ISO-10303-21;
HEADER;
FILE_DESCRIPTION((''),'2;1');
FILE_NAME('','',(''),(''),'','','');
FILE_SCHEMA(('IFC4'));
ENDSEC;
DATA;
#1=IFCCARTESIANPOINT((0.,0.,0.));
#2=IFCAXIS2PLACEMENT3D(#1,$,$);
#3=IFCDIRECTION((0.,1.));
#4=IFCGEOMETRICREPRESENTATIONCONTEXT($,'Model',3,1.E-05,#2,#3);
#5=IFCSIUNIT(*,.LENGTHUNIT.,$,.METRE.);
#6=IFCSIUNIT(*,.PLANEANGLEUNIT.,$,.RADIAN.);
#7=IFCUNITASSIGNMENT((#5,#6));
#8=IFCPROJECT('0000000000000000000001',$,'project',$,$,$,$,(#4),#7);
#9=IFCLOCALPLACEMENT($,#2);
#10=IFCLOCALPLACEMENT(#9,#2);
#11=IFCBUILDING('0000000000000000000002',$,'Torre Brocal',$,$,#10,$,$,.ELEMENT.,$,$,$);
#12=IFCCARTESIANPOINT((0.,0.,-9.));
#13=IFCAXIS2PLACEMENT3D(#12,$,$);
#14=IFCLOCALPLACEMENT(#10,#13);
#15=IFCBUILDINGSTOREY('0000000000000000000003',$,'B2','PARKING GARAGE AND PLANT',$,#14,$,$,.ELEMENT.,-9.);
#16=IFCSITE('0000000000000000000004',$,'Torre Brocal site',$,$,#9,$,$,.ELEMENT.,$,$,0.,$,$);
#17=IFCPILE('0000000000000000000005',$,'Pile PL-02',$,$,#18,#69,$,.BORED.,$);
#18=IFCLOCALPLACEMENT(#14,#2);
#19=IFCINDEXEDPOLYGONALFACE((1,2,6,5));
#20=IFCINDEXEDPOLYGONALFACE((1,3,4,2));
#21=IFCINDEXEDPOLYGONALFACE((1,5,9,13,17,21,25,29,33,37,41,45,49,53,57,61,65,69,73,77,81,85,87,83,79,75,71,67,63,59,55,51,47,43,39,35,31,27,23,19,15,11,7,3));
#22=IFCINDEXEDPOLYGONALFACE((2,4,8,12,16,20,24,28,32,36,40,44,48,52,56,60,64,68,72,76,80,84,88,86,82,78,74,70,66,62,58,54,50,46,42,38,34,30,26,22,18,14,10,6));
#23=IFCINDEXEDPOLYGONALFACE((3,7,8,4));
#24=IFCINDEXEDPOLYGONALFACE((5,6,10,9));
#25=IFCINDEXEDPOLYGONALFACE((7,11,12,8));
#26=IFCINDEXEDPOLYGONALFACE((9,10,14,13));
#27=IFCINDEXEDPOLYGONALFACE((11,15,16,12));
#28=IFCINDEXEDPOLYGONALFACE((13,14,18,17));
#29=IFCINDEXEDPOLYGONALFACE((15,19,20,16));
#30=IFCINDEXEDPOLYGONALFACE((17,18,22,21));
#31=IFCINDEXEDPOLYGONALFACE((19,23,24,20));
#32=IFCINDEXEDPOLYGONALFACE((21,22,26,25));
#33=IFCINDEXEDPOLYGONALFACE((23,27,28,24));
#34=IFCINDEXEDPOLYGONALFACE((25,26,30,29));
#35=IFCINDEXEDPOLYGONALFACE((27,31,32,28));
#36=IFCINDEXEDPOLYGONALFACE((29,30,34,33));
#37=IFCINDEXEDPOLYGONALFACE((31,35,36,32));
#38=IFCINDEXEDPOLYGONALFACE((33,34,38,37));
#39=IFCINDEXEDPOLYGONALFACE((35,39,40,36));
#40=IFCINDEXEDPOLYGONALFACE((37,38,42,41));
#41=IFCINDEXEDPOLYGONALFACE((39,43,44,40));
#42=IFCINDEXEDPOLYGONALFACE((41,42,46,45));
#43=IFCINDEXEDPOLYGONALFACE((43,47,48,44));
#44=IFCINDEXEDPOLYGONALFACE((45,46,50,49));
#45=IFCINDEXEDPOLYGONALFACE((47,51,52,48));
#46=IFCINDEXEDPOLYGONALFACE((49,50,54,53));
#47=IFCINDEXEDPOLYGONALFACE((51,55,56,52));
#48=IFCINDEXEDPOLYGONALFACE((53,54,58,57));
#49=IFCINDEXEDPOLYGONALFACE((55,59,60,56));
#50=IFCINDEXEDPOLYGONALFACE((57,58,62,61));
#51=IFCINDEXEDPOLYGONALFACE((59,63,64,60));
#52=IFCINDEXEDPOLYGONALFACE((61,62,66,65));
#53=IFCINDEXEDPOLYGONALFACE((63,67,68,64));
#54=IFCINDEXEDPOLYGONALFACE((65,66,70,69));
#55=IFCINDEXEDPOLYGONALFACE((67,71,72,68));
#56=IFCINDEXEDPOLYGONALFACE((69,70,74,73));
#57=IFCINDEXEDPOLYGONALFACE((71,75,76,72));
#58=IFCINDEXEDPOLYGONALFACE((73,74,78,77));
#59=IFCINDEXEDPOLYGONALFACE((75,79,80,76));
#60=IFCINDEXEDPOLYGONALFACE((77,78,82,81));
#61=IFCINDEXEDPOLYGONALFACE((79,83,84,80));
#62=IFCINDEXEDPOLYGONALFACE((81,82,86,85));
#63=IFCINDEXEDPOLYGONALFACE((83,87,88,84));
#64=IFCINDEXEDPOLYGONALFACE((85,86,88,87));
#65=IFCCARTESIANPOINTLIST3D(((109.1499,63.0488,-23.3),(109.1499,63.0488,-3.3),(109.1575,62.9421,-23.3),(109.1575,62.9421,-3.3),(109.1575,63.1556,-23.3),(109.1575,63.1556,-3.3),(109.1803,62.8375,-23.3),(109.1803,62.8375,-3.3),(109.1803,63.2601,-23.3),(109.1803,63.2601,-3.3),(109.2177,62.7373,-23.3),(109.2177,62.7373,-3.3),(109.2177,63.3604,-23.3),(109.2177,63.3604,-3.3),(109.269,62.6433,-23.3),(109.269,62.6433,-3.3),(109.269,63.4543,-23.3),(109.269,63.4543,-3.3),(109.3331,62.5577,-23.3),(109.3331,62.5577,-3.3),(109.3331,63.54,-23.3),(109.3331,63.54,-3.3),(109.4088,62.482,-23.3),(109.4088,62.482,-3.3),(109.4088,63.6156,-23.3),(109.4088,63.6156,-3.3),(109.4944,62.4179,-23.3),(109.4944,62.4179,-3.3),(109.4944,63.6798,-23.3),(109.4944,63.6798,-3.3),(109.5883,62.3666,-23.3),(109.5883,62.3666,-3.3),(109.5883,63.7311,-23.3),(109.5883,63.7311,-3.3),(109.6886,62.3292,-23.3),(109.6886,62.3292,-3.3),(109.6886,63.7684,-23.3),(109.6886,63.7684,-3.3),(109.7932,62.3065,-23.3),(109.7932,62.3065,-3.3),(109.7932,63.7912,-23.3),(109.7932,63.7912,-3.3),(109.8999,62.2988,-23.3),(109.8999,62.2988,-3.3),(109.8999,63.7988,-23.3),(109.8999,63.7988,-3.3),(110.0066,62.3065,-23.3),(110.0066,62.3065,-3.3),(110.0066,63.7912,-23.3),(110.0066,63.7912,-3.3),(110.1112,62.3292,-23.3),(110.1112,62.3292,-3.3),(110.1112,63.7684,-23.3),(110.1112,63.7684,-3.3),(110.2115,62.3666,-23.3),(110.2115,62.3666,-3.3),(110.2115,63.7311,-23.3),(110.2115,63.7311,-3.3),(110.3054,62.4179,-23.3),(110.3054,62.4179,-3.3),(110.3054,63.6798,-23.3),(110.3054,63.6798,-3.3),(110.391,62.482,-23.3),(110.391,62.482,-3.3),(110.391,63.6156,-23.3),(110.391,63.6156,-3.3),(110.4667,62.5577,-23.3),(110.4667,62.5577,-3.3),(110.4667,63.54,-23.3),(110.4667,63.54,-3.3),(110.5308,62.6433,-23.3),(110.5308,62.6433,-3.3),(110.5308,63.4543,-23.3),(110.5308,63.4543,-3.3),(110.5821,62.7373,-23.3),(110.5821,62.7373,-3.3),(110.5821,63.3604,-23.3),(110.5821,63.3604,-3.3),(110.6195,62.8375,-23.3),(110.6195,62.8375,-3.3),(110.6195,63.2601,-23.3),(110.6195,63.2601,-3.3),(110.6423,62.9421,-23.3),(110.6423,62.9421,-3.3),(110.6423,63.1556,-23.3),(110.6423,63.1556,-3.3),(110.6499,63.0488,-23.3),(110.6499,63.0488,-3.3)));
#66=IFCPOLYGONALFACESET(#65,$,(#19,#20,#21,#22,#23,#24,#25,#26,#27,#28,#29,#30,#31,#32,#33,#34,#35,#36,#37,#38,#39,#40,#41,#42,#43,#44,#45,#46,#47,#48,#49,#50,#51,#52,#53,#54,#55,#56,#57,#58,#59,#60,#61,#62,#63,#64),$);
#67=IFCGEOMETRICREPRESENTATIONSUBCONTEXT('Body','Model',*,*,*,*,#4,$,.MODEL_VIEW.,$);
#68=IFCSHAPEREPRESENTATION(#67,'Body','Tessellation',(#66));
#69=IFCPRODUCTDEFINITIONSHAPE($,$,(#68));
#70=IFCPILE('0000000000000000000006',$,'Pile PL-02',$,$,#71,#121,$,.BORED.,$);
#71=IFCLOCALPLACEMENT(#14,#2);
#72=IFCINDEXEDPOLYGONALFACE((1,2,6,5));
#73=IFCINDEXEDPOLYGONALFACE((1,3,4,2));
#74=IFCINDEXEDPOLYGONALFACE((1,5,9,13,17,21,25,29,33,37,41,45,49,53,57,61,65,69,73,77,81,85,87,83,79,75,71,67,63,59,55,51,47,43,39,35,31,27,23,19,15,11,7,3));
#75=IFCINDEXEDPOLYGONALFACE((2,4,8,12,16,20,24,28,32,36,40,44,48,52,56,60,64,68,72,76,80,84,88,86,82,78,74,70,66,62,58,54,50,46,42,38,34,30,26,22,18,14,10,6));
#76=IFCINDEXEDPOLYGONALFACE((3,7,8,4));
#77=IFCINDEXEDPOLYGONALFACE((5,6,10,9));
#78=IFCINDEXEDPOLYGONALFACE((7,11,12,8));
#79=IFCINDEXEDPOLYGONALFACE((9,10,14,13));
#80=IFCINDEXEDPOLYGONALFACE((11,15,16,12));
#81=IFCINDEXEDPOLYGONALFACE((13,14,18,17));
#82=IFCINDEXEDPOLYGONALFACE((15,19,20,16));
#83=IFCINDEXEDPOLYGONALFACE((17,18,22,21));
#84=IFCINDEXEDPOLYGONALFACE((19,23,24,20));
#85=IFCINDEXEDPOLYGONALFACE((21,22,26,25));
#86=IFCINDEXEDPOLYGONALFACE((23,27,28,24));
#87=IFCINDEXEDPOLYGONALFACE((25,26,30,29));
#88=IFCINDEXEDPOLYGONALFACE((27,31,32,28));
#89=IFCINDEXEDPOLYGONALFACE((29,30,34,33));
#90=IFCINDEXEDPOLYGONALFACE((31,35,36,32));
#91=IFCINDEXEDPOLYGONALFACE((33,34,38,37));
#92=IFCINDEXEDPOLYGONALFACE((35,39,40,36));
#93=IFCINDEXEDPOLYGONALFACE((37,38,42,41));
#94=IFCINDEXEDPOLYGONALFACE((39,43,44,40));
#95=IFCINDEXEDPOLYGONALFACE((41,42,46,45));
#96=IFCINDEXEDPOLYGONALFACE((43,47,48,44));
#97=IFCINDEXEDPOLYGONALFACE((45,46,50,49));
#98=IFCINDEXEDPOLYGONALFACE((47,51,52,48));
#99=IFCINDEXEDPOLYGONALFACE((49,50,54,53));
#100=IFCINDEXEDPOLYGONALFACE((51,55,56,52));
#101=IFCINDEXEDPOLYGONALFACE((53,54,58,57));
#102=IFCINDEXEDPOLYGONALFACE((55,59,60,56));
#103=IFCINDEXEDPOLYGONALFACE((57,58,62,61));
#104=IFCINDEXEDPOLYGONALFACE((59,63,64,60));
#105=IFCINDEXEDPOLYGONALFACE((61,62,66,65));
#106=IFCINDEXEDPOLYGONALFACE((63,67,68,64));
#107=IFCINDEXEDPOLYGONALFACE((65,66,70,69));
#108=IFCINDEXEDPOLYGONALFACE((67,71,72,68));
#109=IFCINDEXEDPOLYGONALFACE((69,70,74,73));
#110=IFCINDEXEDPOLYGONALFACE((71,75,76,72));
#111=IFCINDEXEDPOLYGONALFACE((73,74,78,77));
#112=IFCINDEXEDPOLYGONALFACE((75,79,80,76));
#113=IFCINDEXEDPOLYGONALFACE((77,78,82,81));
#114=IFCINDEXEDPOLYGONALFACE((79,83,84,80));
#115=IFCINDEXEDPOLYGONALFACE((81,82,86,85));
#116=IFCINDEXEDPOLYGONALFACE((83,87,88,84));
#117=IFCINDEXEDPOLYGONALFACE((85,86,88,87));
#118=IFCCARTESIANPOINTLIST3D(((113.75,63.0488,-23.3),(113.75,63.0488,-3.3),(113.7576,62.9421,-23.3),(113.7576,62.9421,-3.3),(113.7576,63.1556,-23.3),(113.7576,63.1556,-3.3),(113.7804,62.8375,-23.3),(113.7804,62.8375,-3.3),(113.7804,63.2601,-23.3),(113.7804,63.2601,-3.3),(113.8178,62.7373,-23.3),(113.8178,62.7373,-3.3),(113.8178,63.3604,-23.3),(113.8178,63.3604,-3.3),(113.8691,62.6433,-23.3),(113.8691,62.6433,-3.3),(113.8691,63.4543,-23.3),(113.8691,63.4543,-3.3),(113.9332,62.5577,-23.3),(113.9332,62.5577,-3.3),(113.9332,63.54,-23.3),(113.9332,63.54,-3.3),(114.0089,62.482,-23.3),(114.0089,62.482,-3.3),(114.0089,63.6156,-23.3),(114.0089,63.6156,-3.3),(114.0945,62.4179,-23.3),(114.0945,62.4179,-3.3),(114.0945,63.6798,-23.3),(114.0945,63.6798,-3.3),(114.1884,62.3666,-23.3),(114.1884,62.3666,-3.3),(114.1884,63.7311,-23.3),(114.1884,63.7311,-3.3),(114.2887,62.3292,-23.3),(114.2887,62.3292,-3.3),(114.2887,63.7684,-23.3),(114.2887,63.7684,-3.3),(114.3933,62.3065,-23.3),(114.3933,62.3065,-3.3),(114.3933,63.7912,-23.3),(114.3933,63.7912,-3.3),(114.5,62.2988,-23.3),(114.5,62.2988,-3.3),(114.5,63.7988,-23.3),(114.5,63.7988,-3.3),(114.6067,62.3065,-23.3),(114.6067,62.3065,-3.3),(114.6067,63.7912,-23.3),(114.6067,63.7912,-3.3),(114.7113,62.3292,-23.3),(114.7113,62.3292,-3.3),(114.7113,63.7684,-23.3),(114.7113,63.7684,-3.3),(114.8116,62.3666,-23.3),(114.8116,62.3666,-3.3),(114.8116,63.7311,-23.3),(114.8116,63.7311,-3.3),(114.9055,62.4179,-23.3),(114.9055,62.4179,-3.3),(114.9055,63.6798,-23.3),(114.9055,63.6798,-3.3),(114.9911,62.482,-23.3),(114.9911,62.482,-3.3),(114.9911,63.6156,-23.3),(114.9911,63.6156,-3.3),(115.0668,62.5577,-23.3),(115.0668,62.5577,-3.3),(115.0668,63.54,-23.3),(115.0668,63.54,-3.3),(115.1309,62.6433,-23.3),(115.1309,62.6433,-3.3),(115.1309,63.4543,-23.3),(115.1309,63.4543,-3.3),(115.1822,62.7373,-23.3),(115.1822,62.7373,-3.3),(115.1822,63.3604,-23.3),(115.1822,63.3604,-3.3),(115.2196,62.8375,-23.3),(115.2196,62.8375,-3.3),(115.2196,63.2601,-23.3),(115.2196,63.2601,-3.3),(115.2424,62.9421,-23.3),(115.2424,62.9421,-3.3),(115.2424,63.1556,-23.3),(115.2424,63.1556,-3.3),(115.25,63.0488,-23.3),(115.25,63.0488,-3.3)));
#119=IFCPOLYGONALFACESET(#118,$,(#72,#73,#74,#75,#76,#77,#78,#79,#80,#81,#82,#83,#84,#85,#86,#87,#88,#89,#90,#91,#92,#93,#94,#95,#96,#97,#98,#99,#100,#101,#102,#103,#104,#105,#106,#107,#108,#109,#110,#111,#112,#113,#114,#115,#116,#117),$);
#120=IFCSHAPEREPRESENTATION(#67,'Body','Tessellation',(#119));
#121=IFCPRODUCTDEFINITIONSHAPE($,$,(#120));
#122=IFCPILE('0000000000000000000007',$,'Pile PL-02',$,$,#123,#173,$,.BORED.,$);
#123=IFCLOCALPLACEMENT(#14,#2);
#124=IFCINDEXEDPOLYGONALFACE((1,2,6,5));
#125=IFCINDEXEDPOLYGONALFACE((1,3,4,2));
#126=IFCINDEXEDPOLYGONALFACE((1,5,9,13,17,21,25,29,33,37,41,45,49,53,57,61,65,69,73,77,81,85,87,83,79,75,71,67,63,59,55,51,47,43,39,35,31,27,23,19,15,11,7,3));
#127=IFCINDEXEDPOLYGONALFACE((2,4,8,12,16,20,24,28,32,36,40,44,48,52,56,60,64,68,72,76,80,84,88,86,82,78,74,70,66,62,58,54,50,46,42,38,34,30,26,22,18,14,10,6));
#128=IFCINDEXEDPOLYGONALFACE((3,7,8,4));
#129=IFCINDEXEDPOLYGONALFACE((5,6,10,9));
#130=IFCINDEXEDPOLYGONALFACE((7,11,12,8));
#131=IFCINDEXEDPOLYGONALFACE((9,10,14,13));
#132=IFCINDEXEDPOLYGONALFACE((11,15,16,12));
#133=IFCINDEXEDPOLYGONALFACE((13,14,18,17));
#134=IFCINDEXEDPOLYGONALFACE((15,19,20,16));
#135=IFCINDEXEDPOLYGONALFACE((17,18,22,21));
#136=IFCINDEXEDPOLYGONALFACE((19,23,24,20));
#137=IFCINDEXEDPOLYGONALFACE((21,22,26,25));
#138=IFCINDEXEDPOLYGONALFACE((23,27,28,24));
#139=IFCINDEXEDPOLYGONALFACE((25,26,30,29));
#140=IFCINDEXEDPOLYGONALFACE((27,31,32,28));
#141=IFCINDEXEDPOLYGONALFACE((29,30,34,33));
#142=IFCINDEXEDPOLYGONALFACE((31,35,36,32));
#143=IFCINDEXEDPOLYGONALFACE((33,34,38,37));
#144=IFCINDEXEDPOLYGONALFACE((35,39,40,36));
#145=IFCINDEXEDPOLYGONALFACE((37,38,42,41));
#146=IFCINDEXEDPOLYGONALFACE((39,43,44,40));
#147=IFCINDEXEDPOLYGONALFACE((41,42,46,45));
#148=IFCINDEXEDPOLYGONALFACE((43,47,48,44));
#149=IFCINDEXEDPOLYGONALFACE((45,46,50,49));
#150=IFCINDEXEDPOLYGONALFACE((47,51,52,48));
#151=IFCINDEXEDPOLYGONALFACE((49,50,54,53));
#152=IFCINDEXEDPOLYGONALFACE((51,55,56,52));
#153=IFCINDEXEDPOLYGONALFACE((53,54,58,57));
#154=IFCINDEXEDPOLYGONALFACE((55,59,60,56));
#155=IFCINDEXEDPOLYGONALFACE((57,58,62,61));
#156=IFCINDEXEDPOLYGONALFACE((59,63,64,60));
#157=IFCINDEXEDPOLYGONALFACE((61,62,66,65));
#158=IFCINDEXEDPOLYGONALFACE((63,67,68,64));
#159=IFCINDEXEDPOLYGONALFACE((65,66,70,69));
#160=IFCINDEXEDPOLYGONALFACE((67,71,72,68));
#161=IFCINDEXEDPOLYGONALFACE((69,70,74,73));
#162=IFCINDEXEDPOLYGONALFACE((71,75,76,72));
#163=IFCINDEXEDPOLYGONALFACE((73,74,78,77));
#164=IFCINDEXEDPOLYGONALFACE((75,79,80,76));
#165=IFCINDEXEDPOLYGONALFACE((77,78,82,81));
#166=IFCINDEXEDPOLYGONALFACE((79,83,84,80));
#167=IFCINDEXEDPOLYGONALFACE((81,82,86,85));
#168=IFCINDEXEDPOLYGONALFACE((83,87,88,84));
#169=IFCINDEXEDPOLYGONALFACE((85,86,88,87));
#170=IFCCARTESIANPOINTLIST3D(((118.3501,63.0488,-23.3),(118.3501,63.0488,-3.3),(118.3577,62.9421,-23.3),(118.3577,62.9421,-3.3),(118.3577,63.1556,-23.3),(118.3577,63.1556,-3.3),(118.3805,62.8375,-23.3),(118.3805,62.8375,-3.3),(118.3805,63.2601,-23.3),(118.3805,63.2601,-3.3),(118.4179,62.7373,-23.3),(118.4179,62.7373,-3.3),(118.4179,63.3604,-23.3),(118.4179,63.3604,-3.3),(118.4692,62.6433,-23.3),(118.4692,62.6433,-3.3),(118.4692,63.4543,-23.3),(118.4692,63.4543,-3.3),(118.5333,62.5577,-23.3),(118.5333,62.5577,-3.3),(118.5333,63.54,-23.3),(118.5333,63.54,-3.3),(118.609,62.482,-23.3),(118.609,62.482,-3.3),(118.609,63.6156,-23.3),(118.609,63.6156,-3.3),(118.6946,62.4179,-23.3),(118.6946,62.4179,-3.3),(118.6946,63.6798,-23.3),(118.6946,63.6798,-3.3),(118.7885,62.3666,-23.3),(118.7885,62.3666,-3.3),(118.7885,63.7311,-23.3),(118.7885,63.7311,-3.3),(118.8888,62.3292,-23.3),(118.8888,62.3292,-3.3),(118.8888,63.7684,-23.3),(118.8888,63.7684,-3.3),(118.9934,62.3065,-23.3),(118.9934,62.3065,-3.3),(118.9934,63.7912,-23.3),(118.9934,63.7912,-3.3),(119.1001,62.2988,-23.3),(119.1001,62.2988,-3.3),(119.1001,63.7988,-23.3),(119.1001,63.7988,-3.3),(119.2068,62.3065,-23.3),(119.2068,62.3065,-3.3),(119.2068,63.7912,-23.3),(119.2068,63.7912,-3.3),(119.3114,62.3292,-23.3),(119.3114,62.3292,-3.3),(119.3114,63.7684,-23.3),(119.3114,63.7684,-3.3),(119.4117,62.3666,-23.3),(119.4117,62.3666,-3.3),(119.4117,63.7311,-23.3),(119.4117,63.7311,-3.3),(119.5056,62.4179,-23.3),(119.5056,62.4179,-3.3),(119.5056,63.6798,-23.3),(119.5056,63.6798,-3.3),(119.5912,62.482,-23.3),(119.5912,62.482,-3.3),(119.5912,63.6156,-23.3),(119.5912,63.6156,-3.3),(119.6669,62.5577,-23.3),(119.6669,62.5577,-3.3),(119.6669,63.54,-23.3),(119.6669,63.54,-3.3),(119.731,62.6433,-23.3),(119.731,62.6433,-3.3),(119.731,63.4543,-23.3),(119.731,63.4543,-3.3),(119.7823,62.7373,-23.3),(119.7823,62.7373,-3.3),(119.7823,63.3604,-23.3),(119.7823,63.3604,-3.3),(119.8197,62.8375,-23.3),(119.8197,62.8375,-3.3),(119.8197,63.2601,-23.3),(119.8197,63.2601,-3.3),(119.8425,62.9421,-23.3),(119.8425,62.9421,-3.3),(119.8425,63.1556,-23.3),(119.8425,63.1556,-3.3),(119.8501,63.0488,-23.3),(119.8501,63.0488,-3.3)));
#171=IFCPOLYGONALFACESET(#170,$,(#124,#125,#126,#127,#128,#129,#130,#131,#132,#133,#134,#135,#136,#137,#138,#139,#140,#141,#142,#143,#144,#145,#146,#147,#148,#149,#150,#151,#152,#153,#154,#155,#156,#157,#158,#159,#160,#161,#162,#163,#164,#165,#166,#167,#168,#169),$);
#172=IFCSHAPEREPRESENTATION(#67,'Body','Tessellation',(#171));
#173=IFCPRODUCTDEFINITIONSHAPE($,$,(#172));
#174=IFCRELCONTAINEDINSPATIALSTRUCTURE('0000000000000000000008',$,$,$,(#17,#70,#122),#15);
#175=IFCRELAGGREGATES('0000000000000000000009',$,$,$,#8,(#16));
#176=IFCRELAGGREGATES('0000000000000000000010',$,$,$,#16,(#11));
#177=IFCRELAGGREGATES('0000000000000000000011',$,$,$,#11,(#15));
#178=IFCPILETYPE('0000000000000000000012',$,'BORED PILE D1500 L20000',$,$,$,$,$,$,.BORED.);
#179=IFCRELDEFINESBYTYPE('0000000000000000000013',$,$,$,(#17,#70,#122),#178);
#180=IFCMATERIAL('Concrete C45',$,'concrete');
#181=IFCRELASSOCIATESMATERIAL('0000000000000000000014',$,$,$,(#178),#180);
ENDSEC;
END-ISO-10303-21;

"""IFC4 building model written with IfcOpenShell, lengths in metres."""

from ifc_helpers import new_model, si_unit, direction, frame, origin, origin_2d, place, context, subcontext, project, spatial, circle, extrude, material, material_profile, profile_set, type_object, element, save


model = new_model("IFC4")

# Units and contexts
model_context = context("Model", 3, precision=1e-05, world=origin(), true_north=direction((0.0, 1.0)))
body_context = subcontext(model_context, "Body", "Model", "MODEL_VIEW")
ifc_project = project(units=[si_unit("LENGTHUNIT", "METRE"), si_unit("PLANEANGLEUNIT", "RADIAN")], contexts=[model_context])

# Site, building, storey
site_placement = place(None, origin())
site = spatial("IfcSite", under=ifc_project, at=site_placement, Name="Torre Brocal site", CompositionType="ELEMENT", RefElevation=0.0)
building_placement = place(site_placement, origin())
building = spatial("IfcBuilding", under=site, at=building_placement, Name="Torre Brocal", CompositionType="ELEMENT")
storey_placement = place(building_placement, frame((0.0, 0.0, -9.0)))
storey = spatial("IfcBuildingStorey", under=building, at=storey_placement, Name="B2", Description="PARKING GARAGE AND PLANT", CompositionType="ELEMENT", Elevation=-9.0)

# Piles
ifc_material_1 = material(Name="Concrete C45", Category="concrete")
ifc_material_profile_1 = material_profile(ifc_material_1, circle(Radius=0.75, at=origin_2d()), Name="BORED PILE D1500")
ifc_profile_set_1 = profile_set([ifc_material_profile_1], Name="Concrete C45")
pile_type_1 = type_object("IfcPileType", Name="BORED PILE D1500 L20000", PredefinedType="BORED", material=ifc_profile_set_1)
for number, where, z_axis, x_axis, name in (
    (1, (109.8999, 63.0488, -3.3), (0.0, 0.0, -1.0), (1.0, 0.0, 0.0), "Pile PL-02"),
    (2, (114.5, 63.0488, -3.3), (0.0, 0.0, -1.0), (1.0, 0.0, 0.0), "Pile PL-02"),
    (3, (119.1001, 63.0488, -3.3), (0.0, 0.0, -1.0), (1.0, 0.0, 0.0), "Pile PL-02"),
):
    element("IfcPile", number, at=place(storey_placement, frame(where, z_axis=z_axis, x_axis=x_axis)), inside=storey, type_object=pile_type_1, Name=name, PredefinedType="BORED", context=body_context, shape_type="SweptSolid", body=[
        extrude(circle(Radius=0.75, at=origin_2d()), origin(), (0.0, 0.0, 1.0), 20.0),
    ])

save(model, "model.ifc")
